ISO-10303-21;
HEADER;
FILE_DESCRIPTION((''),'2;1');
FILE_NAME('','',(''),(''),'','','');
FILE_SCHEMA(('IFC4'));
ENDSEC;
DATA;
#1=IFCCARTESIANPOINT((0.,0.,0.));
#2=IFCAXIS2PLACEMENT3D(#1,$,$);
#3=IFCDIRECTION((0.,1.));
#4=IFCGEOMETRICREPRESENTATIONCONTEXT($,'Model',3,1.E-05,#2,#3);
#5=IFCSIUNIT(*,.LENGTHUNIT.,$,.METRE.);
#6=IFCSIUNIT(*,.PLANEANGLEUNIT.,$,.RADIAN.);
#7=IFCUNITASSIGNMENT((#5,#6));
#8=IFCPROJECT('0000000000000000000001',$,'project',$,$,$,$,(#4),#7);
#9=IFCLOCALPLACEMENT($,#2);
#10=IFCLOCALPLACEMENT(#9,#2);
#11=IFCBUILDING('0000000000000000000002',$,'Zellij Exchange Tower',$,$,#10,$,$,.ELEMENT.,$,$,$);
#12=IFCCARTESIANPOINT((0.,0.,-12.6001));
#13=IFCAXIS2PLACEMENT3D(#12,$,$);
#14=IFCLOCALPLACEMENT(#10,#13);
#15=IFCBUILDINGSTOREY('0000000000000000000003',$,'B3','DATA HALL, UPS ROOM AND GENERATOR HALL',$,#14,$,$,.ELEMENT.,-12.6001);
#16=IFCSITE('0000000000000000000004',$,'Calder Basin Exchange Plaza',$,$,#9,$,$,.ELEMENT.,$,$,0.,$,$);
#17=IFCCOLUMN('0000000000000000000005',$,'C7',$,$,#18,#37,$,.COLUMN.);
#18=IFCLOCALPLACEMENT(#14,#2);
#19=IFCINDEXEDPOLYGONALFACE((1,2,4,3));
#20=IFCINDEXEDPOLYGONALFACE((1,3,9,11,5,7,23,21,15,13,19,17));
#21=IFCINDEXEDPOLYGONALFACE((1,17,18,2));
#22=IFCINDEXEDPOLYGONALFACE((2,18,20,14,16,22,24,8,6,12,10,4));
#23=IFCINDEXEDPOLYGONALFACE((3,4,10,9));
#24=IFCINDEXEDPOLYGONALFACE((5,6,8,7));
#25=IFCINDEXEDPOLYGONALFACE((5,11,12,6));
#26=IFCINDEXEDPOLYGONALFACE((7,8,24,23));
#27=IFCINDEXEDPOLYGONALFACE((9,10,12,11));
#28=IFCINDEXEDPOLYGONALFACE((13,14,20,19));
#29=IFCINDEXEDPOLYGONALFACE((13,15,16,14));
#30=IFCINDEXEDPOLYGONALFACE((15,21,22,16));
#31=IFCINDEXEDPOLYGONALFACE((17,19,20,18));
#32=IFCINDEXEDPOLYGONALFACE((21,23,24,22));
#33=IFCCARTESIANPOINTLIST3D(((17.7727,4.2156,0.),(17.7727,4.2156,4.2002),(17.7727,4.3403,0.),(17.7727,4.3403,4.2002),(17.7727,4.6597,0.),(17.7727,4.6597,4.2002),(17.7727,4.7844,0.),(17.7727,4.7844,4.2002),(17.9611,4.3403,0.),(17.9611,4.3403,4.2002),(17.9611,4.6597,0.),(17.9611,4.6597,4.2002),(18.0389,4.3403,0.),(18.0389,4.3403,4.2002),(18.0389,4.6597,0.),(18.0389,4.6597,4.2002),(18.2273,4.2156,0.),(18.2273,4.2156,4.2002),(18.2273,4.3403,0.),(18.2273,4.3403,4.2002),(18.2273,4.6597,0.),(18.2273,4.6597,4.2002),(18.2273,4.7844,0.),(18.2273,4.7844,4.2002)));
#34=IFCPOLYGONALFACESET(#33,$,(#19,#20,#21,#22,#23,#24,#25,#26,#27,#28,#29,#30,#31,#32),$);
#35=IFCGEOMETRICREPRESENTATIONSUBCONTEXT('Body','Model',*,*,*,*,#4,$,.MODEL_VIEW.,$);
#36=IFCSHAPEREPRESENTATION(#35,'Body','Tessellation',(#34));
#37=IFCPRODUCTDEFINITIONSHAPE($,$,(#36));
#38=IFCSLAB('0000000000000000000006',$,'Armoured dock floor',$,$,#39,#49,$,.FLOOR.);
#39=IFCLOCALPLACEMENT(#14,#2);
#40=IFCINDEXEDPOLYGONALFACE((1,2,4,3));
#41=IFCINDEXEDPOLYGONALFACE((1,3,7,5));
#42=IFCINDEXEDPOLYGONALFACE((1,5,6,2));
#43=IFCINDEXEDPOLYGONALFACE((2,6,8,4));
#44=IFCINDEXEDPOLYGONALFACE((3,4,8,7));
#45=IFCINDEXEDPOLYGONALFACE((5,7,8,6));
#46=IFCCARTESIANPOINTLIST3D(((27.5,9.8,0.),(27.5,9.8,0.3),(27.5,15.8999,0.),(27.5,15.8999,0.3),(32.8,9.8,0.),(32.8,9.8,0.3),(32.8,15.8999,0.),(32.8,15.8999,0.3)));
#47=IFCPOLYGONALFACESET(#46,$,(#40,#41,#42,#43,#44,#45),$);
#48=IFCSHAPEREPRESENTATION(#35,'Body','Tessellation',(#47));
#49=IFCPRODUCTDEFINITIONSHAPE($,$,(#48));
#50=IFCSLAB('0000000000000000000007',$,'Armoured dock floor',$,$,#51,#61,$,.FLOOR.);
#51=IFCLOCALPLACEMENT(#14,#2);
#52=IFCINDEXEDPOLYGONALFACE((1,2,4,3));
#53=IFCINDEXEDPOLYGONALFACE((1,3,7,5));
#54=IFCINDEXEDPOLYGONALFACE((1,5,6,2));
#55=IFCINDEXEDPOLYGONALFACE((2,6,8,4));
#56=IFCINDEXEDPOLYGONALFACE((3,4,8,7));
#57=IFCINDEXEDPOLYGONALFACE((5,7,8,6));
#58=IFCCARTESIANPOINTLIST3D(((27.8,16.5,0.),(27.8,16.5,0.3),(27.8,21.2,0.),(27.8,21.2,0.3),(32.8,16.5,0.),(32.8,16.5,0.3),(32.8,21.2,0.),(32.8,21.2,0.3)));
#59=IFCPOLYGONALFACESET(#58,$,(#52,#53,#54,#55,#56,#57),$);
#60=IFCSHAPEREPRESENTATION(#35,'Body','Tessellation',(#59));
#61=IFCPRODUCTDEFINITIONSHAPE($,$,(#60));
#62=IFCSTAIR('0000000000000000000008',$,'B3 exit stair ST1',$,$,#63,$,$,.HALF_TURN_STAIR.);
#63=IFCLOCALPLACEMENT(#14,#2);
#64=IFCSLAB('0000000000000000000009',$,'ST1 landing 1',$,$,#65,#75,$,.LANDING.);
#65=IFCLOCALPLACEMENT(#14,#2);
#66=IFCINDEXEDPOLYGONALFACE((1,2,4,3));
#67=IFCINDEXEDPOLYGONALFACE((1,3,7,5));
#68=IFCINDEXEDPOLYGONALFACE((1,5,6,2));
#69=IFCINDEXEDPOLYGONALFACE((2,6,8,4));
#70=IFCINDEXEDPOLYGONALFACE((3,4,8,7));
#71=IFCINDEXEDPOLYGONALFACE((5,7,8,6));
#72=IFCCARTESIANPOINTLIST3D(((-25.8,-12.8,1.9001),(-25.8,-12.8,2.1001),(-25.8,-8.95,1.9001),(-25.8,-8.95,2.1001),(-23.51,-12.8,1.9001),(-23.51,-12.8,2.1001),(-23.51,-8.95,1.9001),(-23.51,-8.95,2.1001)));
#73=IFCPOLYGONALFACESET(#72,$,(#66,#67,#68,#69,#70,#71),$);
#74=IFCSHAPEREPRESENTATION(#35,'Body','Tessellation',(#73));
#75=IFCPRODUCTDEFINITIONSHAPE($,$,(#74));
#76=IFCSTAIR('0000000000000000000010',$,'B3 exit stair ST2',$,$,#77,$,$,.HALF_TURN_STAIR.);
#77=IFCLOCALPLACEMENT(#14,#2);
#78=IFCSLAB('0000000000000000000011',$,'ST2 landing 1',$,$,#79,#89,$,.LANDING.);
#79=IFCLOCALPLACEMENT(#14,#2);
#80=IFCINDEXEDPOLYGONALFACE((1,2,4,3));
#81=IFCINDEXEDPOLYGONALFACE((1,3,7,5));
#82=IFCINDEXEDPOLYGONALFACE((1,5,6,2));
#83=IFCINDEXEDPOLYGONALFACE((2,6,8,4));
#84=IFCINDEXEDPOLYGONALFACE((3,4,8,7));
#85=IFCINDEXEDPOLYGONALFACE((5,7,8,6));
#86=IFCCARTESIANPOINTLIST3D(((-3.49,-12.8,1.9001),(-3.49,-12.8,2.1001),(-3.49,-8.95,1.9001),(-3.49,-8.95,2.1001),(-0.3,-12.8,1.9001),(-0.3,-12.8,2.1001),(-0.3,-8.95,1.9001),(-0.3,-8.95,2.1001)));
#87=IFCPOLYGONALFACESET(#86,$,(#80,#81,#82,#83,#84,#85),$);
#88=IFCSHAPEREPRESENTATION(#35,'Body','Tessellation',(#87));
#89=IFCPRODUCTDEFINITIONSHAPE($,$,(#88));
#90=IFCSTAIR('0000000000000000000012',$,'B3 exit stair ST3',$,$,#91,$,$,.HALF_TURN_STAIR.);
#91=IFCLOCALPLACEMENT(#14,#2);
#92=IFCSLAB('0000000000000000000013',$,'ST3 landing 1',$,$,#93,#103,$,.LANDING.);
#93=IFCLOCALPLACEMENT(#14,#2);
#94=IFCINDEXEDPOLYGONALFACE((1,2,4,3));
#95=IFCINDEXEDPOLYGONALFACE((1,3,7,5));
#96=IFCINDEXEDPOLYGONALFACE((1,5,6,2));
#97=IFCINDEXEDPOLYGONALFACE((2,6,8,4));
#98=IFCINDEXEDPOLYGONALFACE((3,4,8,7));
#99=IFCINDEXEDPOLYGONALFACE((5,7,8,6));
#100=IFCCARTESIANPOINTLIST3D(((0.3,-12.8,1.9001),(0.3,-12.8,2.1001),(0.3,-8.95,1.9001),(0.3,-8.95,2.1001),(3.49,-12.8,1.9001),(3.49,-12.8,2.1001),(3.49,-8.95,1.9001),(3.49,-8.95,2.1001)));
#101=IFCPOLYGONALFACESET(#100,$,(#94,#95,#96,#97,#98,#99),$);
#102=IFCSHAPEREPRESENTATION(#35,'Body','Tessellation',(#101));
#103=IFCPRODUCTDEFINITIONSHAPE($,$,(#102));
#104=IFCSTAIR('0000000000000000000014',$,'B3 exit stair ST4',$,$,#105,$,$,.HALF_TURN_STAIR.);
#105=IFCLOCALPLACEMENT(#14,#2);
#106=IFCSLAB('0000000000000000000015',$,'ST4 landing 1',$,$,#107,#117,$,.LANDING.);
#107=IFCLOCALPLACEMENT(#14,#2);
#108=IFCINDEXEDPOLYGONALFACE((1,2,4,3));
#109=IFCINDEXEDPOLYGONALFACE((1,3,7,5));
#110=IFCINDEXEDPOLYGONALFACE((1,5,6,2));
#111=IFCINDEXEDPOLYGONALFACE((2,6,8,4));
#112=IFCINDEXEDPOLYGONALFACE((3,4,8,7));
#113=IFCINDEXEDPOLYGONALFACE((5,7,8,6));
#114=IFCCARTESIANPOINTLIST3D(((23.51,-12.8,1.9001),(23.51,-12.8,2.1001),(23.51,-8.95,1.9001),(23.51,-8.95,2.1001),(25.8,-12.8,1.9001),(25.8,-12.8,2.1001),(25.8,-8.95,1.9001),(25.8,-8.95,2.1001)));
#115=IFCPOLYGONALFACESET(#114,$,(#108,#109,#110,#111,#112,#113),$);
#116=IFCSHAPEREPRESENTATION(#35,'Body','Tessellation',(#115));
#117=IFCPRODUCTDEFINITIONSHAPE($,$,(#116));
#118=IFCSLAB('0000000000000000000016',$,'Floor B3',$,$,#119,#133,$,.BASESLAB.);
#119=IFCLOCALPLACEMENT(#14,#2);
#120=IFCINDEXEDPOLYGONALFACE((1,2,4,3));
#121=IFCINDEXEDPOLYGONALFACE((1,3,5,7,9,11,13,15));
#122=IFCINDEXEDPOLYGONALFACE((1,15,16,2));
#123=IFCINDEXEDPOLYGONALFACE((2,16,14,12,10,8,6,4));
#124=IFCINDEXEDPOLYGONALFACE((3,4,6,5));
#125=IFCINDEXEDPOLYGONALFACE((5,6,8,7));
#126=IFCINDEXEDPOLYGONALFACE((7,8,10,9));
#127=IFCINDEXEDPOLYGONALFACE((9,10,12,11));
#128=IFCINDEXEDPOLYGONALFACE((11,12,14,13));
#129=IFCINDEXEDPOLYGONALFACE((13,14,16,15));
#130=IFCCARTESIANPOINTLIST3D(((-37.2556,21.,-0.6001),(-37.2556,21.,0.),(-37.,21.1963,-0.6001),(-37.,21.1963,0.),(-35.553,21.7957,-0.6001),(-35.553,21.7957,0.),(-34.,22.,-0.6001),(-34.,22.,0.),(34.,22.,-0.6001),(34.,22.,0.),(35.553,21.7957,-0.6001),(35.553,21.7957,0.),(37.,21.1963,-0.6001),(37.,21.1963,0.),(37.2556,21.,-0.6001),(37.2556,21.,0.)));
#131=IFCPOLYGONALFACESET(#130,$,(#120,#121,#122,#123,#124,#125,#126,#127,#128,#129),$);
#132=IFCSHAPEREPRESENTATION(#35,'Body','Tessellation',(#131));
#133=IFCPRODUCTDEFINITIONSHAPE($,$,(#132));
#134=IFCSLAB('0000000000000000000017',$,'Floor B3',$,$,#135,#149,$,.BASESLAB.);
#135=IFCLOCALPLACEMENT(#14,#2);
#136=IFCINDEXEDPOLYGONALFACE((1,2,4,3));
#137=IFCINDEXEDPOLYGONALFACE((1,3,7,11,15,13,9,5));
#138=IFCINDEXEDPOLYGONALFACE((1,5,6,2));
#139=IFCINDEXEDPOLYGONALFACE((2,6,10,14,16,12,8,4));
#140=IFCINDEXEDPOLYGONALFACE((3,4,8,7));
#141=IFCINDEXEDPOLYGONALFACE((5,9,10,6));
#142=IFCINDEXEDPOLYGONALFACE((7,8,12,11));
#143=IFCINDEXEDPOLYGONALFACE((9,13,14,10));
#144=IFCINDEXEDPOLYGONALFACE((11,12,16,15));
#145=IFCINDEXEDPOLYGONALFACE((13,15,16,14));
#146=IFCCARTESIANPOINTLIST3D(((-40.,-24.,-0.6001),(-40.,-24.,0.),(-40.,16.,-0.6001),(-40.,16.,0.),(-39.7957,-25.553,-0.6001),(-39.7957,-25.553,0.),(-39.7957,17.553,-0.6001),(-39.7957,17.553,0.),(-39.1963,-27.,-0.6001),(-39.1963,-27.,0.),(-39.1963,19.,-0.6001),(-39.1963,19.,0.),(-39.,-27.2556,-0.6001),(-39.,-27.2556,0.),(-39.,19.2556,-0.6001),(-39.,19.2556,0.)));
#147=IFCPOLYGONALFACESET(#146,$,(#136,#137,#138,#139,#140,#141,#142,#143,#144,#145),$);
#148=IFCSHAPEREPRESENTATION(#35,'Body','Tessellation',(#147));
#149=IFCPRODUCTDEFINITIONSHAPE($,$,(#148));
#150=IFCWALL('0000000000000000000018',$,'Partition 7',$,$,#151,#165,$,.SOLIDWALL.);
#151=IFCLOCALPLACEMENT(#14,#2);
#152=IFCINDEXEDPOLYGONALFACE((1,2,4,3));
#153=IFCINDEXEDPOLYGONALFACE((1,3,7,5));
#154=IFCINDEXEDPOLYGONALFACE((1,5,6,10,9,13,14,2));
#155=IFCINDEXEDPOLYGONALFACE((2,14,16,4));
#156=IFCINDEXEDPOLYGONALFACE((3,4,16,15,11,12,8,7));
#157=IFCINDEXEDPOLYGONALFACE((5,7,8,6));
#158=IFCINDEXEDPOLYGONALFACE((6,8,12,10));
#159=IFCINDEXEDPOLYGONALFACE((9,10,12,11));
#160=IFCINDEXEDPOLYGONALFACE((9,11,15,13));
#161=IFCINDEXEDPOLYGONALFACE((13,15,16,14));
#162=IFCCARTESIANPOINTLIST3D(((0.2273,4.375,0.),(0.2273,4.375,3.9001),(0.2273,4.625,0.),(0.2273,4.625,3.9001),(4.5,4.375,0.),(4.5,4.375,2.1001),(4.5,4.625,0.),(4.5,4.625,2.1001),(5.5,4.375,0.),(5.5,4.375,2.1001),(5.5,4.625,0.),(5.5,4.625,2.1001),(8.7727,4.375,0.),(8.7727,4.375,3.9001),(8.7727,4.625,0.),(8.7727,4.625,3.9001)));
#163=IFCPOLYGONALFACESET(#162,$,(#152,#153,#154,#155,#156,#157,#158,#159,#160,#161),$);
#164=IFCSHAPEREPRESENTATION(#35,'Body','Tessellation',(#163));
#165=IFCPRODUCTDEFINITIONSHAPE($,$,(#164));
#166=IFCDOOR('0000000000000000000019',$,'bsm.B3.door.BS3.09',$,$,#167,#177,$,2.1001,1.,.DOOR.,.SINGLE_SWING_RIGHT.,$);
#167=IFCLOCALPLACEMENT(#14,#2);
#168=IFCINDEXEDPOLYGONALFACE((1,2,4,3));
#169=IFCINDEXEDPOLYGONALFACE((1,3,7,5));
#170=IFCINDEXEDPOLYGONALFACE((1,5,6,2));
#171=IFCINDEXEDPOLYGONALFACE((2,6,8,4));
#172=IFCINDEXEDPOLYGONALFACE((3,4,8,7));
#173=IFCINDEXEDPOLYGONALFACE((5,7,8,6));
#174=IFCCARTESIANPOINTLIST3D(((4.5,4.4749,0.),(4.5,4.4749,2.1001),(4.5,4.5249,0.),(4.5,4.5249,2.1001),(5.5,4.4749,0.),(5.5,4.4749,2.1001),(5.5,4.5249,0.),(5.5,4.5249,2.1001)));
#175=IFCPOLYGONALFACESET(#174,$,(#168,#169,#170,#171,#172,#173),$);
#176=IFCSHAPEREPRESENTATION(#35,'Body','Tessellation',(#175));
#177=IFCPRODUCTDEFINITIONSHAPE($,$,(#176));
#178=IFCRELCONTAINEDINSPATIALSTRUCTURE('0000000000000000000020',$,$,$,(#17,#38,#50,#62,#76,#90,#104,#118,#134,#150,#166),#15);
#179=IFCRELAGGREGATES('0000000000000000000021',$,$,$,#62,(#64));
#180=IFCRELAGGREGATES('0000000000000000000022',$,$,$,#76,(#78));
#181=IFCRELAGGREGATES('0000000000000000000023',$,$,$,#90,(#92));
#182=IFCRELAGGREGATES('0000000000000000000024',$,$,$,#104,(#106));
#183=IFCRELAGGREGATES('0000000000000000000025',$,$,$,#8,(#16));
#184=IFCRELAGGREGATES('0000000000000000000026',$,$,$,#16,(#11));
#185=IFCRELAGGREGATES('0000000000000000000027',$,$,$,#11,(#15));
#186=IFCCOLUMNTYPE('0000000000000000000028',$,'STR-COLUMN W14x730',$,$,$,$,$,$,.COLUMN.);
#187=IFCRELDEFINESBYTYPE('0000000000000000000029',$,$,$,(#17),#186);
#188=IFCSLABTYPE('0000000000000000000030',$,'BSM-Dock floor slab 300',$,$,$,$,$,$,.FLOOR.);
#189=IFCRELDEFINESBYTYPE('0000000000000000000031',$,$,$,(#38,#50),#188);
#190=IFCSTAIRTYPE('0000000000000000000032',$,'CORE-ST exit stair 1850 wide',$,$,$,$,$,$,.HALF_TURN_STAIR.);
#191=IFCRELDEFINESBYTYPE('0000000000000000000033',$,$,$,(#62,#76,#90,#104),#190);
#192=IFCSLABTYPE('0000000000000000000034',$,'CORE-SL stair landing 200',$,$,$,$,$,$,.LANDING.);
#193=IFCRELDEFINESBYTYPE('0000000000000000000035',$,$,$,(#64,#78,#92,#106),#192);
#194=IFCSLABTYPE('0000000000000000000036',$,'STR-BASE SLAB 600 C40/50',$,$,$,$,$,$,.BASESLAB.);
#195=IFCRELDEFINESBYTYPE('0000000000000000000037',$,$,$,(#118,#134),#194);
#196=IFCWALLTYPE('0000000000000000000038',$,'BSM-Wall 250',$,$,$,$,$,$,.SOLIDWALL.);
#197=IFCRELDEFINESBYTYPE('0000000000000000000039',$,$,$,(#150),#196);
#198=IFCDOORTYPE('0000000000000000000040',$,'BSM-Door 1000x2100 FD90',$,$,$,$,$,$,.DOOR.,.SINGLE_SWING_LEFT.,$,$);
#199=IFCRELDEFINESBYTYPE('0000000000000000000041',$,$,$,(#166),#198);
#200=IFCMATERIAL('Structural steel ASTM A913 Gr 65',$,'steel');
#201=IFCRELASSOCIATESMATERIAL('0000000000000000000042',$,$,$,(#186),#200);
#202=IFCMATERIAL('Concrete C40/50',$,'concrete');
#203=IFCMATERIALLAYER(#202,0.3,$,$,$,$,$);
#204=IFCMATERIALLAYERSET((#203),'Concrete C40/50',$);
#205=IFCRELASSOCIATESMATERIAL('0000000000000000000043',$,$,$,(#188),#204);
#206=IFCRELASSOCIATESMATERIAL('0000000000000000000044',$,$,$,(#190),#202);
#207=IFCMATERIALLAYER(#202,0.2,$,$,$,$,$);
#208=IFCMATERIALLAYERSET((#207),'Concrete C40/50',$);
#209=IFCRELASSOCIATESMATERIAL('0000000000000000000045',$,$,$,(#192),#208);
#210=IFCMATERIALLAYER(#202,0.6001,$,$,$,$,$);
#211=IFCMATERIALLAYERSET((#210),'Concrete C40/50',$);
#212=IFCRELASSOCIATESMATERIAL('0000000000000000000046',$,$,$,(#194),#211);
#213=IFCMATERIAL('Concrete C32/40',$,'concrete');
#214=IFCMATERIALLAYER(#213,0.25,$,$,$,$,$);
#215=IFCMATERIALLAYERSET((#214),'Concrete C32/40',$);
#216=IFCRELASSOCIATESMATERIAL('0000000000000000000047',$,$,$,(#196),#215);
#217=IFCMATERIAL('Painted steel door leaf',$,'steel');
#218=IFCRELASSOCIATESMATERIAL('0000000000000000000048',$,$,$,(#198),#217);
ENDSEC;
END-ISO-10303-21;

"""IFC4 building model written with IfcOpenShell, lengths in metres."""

from ifc_helpers import new_model, si_unit, direction, frame, frame_2d, origin, origin_2d, place, context, subcontext, project, spatial, polyline, rectangle, i_section, outline, extrude, material, layer, layer_set, material_profile, profile_set, type_object, element, fill, aggregate, save


model = new_model("IFC4")

# Units and contexts
model_context = context("Model", 3, precision=1e-05, world=origin(), true_north=direction((0.0, 1.0)))
body_context = subcontext(model_context, "Body", "Model", "MODEL_VIEW")
ifc_project = project(units=[si_unit("LENGTHUNIT", "METRE"), si_unit("PLANEANGLEUNIT", "RADIAN")], contexts=[model_context])

# Site, building, storey
site_placement = place(None, origin())
site = spatial("IfcSite", under=ifc_project, at=site_placement, Name="Calder Basin Exchange Plaza", CompositionType="ELEMENT", RefElevation=0.0)
building_placement = place(site_placement, origin())
building = spatial("IfcBuilding", under=site, at=building_placement, Name="Zellij Exchange Tower", CompositionType="ELEMENT")
storey_placement = place(building_placement, frame((0.0, 0.0, -12.6001)))
storey = spatial("IfcBuildingStorey", under=building, at=storey_placement, Name="B3", Description="DATA HALL, UPS ROOM AND GENERATOR HALL", CompositionType="ELEMENT", Elevation=-12.6001)

# Shared definitions
ifc_material_1 = material(Name="Concrete C40/50", Category="concrete")

# Column
ifc_material_2 = material(Name="Structural steel ASTM A913 Gr 65", Category="steel")
ifc_material_profile_1 = material_profile(ifc_material_2, i_section(OverallWidth=0.4546, OverallDepth=0.5688, WebThickness=0.0779, FlangeThickness=0.1248, at=origin_2d()), Name="W14x730")
ifc_profile_set_1 = profile_set([ifc_material_profile_1], Name="Structural steel ASTM A913 Gr 65")
column_type = type_object("IfcColumnType", Name="STR-COLUMN W14x730", PredefinedType="COLUMN", material=ifc_profile_set_1)
for number, where, z_axis, x_axis, name in (
    (1, (18.0, 4.5, 0.0), (0.0, 0.0, 1.0), (1.0, 0.0, 0.0), "C7"),
):
    element("IfcColumn", number, at=place(storey_placement, frame(where, z_axis=z_axis, x_axis=x_axis)), inside=storey, type_object=column_type, Name=name, PredefinedType="COLUMN", context=body_context, shape_type="SweptSolid", body=[
        extrude(i_section(OverallWidth=0.4546, OverallDepth=0.5688, WebThickness=0.0779, FlangeThickness=0.1248, at=origin_2d()), origin(), (0.0, 0.0, 1.0), 4.2002),
    ])

# Slabs
ifc_layer_1 = layer(ifc_material_1, 0.3)
ifc_layer_set_1 = layer_set([ifc_layer_1], Name="Concrete C40/50")
slab_type_1 = type_object("IfcSlabType", Name="BSM-Dock floor slab 300", PredefinedType="FLOOR", material=ifc_layer_set_1)
slab_1_placement = place(storey_placement, origin())
element("IfcSlab", 2, at=slab_1_placement, inside=storey, type_object=slab_type_1, Name="Armoured dock floor", PredefinedType="FLOOR", context=body_context, shape_type="SweptSolid", body=[
    extrude(outline(polyline([(32.8, 9.8), (32.8, 15.8999), (27.5, 15.8999), (27.5, 9.8), (32.8, 9.8)])), origin(), (0.0, 0.0, 1.0), 0.3),
])
slab_2_placement = place(storey_placement, origin())
element("IfcSlab", 3, at=slab_2_placement, inside=storey, type_object=slab_type_1, Name="Armoured dock floor", PredefinedType="FLOOR", context=body_context, shape_type="SweptSolid", body=[
    extrude(outline(polyline([(32.8, 16.5), (32.8, 21.2), (27.8, 21.2), (27.8, 16.5), (32.8, 16.5)])), origin(), (0.0, 0.0, 1.0), 0.3),
])

# Stairs, slabs
stair_type = type_object("IfcStairType", Name="CORE-ST exit stair 1850 wide", PredefinedType="HALF_TURN_STAIR", material=ifc_material_1)
stair_1_placement = place(storey_placement, origin())
stair_1 = element("IfcStair", 4, at=stair_1_placement, inside=storey, type_object=stair_type, Name="B3 exit stair ST1", PredefinedType="HALF_TURN_STAIR")
ifc_layer_2 = layer(ifc_material_1, 0.2)
ifc_layer_set_2 = layer_set([ifc_layer_2], Name="Concrete C40/50")
slab_type_2 = type_object("IfcSlabType", Name="CORE-SL stair landing 200", PredefinedType="LANDING", material=ifc_layer_set_2)
slab_3_placement = place(storey_placement, frame((0.0, 0.0, 1.9001)))
slab_3 = element("IfcSlab", 5, at=slab_3_placement, type_object=slab_type_2, Name="ST1 landing 1", PredefinedType="LANDING", context=body_context, shape_type="SweptSolid", body=[
    extrude(outline(polyline([(-23.51, -8.95), (-25.8, -8.95), (-25.8, -12.8), (-23.51, -12.8), (-23.51, -8.95)])), origin(), (0.0, 0.0, 1.0), 0.2),
])
aggregate(stair_1, [slab_3])
stair_2_placement = place(storey_placement, origin())
stair_2 = element("IfcStair", 6, at=stair_2_placement, inside=storey, type_object=stair_type, Name="B3 exit stair ST2", PredefinedType="HALF_TURN_STAIR")
slab_4_placement = place(storey_placement, frame((0.0, 0.0, 1.9001)))
slab_4 = element("IfcSlab", 7, at=slab_4_placement, type_object=slab_type_2, Name="ST2 landing 1", PredefinedType="LANDING", context=body_context, shape_type="SweptSolid", body=[
    extrude(outline(polyline([(-3.49, -12.8), (-0.3, -12.8), (-0.3, -8.95), (-3.49, -8.95), (-3.49, -12.8)])), origin(), (0.0, 0.0, 1.0), 0.2),
])
aggregate(stair_2, [slab_4])
stair_3_placement = place(storey_placement, origin())
stair_3 = element("IfcStair", 8, at=stair_3_placement, inside=storey, type_object=stair_type, Name="B3 exit stair ST3", PredefinedType="HALF_TURN_STAIR")
slab_5_placement = place(storey_placement, frame((0.0, 0.0, 1.9001)))
slab_5 = element("IfcSlab", 9, at=slab_5_placement, type_object=slab_type_2, Name="ST3 landing 1", PredefinedType="LANDING", context=body_context, shape_type="SweptSolid", body=[
    extrude(outline(polyline([(3.49, -8.95), (0.3, -8.95), (0.3, -12.8), (3.49, -12.8), (3.49, -8.95)])), origin(), (0.0, 0.0, 1.0), 0.2),
])
aggregate(stair_3, [slab_5])
stair_4_placement = place(storey_placement, origin())
stair_4 = element("IfcStair", 10, at=stair_4_placement, inside=storey, type_object=stair_type, Name="B3 exit stair ST4", PredefinedType="HALF_TURN_STAIR")
slab_6_placement = place(storey_placement, frame((0.0, 0.0, 1.9001)))
slab_6 = element("IfcSlab", 11, at=slab_6_placement, type_object=slab_type_2, Name="ST4 landing 1", PredefinedType="LANDING", context=body_context, shape_type="SweptSolid", body=[
    extrude(outline(polyline([(23.51, -12.8), (25.8, -12.8), (25.8, -8.95), (23.51, -8.95), (23.51, -12.8)])), origin(), (0.0, 0.0, 1.0), 0.2),
])
aggregate(stair_4, [slab_6])

# Slabs
ifc_layer_3 = layer(ifc_material_1, 0.6001)
ifc_layer_set_3 = layer_set([ifc_layer_3], Name="Concrete C40/50")
slab_type_3 = type_object("IfcSlabType", Name="STR-BASE SLAB 600 C40/50", PredefinedType="BASESLAB", material=ifc_layer_set_3)
slab_7_placement = place(storey_placement, frame((0.0, 0.0, -0.6001)))
element("IfcSlab", 12, at=slab_7_placement, inside=storey, type_object=slab_type_3, Name="Floor B3", PredefinedType="BASESLAB", context=body_context, shape_type="SweptSolid", body=[
    extrude(outline(polyline([(-37.0, 21.1963), (-35.553, 21.7957), (-34.0, 22.0), (34.0, 22.0), (35.553, 21.7957), (37.0, 21.1963), (37.2556, 21.0), (-37.2556, 21.0), (-37.0, 21.1963)])), origin(), (0.0, 0.0, 1.0), 0.6001),
])
slab_8_placement = place(storey_placement, frame((0.0, 0.0, -0.6001)))
element("IfcSlab", 13, at=slab_8_placement, inside=storey, type_object=slab_type_3, Name="Floor B3", PredefinedType="BASESLAB", context=body_context, shape_type="SweptSolid", body=[
    extrude(outline(polyline([(-39.1963, -27.0), (-39.7957, -25.553), (-40.0, -24.0), (-40.0, 16.0), (-39.7957, 17.553), (-39.1963, 19.0), (-39.0, 19.2556), (-39.0, -27.2556), (-39.1963, -27.0)])), origin(), (0.0, 0.0, 1.0), 0.6001),
])

# Wall, opening, door
ifc_material_3 = material(Name="Concrete C32/40", Category="concrete")
ifc_layer_4 = layer(ifc_material_3, 0.25)
ifc_layer_set_4 = layer_set([ifc_layer_4], Name="Concrete C32/40")
wall_type = type_object("IfcWallType", Name="BSM-Wall 250", PredefinedType="SOLIDWALL", material=ifc_layer_set_4)
wall_1_placement = place(storey_placement, frame((0.2273, 4.5, 0.0), z_axis=(0.0, 0.0, 1.0), x_axis=(1.0, 0.0, 0.0)))
wall_1 = element("IfcWall", 14, at=wall_1_placement, inside=storey, type_object=wall_type, Name="Partition 7", PredefinedType="SOLIDWALL", context=body_context, shape_type="SweptSolid", body=[
    extrude(rectangle(XDim=8.5454, YDim=0.25, at=frame_2d((4.2727, 0.0))), origin(), (0.0, 0.0, 1.0), 3.9001),
])
opening_1_placement = place(wall_1_placement, frame((4.2727, 0.0, 0.0)))
opening_1 = element("IfcOpeningElement", 15, at=opening_1_placement, cuts=wall_1, PredefinedType="OPENING", context=body_context, shape_type="SweptSolid", body=[
    extrude(rectangle(XDim=1.0, YDim=2.1001, at=frame_2d((0.5, 1.05))), frame((0.0, 0.137, 0.0), z_axis=(0.0, -1.0, 0.0), x_axis=(1.0, 0.0, 0.0)), (0.0, 0.0, 1.0), 0.2739),
])
ifc_material_4 = material(Name="Painted steel door leaf", Category="steel")
door_type = type_object("IfcDoorType", Name="BSM-Door 1000x2100 FD90", OperationType="SINGLE_SWING_LEFT", PredefinedType="DOOR", material=ifc_material_4)
door_1_placement = place(opening_1_placement, origin())
door_1 = element("IfcDoor", 16, at=door_1_placement, inside=storey, type_object=door_type, Name="bsm.B3.door.BS3.09", OperationType="SINGLE_SWING_RIGHT", OverallHeight=2.1001, OverallWidth=1.0, PredefinedType="DOOR", context=body_context, shape_type="SweptSolid", body=[
    extrude(rectangle(XDim=1.0, YDim=2.1001, at=frame_2d((0.5, 1.05))), frame((0.0, 0.0249, 0.0), z_axis=(0.0, -1.0, 0.0), x_axis=(1.0, 0.0, 0.0)), (0.0, 0.0, 1.0), 0.05),
])
fill(opening_1, door_1)

save(model, "model.ifc")
